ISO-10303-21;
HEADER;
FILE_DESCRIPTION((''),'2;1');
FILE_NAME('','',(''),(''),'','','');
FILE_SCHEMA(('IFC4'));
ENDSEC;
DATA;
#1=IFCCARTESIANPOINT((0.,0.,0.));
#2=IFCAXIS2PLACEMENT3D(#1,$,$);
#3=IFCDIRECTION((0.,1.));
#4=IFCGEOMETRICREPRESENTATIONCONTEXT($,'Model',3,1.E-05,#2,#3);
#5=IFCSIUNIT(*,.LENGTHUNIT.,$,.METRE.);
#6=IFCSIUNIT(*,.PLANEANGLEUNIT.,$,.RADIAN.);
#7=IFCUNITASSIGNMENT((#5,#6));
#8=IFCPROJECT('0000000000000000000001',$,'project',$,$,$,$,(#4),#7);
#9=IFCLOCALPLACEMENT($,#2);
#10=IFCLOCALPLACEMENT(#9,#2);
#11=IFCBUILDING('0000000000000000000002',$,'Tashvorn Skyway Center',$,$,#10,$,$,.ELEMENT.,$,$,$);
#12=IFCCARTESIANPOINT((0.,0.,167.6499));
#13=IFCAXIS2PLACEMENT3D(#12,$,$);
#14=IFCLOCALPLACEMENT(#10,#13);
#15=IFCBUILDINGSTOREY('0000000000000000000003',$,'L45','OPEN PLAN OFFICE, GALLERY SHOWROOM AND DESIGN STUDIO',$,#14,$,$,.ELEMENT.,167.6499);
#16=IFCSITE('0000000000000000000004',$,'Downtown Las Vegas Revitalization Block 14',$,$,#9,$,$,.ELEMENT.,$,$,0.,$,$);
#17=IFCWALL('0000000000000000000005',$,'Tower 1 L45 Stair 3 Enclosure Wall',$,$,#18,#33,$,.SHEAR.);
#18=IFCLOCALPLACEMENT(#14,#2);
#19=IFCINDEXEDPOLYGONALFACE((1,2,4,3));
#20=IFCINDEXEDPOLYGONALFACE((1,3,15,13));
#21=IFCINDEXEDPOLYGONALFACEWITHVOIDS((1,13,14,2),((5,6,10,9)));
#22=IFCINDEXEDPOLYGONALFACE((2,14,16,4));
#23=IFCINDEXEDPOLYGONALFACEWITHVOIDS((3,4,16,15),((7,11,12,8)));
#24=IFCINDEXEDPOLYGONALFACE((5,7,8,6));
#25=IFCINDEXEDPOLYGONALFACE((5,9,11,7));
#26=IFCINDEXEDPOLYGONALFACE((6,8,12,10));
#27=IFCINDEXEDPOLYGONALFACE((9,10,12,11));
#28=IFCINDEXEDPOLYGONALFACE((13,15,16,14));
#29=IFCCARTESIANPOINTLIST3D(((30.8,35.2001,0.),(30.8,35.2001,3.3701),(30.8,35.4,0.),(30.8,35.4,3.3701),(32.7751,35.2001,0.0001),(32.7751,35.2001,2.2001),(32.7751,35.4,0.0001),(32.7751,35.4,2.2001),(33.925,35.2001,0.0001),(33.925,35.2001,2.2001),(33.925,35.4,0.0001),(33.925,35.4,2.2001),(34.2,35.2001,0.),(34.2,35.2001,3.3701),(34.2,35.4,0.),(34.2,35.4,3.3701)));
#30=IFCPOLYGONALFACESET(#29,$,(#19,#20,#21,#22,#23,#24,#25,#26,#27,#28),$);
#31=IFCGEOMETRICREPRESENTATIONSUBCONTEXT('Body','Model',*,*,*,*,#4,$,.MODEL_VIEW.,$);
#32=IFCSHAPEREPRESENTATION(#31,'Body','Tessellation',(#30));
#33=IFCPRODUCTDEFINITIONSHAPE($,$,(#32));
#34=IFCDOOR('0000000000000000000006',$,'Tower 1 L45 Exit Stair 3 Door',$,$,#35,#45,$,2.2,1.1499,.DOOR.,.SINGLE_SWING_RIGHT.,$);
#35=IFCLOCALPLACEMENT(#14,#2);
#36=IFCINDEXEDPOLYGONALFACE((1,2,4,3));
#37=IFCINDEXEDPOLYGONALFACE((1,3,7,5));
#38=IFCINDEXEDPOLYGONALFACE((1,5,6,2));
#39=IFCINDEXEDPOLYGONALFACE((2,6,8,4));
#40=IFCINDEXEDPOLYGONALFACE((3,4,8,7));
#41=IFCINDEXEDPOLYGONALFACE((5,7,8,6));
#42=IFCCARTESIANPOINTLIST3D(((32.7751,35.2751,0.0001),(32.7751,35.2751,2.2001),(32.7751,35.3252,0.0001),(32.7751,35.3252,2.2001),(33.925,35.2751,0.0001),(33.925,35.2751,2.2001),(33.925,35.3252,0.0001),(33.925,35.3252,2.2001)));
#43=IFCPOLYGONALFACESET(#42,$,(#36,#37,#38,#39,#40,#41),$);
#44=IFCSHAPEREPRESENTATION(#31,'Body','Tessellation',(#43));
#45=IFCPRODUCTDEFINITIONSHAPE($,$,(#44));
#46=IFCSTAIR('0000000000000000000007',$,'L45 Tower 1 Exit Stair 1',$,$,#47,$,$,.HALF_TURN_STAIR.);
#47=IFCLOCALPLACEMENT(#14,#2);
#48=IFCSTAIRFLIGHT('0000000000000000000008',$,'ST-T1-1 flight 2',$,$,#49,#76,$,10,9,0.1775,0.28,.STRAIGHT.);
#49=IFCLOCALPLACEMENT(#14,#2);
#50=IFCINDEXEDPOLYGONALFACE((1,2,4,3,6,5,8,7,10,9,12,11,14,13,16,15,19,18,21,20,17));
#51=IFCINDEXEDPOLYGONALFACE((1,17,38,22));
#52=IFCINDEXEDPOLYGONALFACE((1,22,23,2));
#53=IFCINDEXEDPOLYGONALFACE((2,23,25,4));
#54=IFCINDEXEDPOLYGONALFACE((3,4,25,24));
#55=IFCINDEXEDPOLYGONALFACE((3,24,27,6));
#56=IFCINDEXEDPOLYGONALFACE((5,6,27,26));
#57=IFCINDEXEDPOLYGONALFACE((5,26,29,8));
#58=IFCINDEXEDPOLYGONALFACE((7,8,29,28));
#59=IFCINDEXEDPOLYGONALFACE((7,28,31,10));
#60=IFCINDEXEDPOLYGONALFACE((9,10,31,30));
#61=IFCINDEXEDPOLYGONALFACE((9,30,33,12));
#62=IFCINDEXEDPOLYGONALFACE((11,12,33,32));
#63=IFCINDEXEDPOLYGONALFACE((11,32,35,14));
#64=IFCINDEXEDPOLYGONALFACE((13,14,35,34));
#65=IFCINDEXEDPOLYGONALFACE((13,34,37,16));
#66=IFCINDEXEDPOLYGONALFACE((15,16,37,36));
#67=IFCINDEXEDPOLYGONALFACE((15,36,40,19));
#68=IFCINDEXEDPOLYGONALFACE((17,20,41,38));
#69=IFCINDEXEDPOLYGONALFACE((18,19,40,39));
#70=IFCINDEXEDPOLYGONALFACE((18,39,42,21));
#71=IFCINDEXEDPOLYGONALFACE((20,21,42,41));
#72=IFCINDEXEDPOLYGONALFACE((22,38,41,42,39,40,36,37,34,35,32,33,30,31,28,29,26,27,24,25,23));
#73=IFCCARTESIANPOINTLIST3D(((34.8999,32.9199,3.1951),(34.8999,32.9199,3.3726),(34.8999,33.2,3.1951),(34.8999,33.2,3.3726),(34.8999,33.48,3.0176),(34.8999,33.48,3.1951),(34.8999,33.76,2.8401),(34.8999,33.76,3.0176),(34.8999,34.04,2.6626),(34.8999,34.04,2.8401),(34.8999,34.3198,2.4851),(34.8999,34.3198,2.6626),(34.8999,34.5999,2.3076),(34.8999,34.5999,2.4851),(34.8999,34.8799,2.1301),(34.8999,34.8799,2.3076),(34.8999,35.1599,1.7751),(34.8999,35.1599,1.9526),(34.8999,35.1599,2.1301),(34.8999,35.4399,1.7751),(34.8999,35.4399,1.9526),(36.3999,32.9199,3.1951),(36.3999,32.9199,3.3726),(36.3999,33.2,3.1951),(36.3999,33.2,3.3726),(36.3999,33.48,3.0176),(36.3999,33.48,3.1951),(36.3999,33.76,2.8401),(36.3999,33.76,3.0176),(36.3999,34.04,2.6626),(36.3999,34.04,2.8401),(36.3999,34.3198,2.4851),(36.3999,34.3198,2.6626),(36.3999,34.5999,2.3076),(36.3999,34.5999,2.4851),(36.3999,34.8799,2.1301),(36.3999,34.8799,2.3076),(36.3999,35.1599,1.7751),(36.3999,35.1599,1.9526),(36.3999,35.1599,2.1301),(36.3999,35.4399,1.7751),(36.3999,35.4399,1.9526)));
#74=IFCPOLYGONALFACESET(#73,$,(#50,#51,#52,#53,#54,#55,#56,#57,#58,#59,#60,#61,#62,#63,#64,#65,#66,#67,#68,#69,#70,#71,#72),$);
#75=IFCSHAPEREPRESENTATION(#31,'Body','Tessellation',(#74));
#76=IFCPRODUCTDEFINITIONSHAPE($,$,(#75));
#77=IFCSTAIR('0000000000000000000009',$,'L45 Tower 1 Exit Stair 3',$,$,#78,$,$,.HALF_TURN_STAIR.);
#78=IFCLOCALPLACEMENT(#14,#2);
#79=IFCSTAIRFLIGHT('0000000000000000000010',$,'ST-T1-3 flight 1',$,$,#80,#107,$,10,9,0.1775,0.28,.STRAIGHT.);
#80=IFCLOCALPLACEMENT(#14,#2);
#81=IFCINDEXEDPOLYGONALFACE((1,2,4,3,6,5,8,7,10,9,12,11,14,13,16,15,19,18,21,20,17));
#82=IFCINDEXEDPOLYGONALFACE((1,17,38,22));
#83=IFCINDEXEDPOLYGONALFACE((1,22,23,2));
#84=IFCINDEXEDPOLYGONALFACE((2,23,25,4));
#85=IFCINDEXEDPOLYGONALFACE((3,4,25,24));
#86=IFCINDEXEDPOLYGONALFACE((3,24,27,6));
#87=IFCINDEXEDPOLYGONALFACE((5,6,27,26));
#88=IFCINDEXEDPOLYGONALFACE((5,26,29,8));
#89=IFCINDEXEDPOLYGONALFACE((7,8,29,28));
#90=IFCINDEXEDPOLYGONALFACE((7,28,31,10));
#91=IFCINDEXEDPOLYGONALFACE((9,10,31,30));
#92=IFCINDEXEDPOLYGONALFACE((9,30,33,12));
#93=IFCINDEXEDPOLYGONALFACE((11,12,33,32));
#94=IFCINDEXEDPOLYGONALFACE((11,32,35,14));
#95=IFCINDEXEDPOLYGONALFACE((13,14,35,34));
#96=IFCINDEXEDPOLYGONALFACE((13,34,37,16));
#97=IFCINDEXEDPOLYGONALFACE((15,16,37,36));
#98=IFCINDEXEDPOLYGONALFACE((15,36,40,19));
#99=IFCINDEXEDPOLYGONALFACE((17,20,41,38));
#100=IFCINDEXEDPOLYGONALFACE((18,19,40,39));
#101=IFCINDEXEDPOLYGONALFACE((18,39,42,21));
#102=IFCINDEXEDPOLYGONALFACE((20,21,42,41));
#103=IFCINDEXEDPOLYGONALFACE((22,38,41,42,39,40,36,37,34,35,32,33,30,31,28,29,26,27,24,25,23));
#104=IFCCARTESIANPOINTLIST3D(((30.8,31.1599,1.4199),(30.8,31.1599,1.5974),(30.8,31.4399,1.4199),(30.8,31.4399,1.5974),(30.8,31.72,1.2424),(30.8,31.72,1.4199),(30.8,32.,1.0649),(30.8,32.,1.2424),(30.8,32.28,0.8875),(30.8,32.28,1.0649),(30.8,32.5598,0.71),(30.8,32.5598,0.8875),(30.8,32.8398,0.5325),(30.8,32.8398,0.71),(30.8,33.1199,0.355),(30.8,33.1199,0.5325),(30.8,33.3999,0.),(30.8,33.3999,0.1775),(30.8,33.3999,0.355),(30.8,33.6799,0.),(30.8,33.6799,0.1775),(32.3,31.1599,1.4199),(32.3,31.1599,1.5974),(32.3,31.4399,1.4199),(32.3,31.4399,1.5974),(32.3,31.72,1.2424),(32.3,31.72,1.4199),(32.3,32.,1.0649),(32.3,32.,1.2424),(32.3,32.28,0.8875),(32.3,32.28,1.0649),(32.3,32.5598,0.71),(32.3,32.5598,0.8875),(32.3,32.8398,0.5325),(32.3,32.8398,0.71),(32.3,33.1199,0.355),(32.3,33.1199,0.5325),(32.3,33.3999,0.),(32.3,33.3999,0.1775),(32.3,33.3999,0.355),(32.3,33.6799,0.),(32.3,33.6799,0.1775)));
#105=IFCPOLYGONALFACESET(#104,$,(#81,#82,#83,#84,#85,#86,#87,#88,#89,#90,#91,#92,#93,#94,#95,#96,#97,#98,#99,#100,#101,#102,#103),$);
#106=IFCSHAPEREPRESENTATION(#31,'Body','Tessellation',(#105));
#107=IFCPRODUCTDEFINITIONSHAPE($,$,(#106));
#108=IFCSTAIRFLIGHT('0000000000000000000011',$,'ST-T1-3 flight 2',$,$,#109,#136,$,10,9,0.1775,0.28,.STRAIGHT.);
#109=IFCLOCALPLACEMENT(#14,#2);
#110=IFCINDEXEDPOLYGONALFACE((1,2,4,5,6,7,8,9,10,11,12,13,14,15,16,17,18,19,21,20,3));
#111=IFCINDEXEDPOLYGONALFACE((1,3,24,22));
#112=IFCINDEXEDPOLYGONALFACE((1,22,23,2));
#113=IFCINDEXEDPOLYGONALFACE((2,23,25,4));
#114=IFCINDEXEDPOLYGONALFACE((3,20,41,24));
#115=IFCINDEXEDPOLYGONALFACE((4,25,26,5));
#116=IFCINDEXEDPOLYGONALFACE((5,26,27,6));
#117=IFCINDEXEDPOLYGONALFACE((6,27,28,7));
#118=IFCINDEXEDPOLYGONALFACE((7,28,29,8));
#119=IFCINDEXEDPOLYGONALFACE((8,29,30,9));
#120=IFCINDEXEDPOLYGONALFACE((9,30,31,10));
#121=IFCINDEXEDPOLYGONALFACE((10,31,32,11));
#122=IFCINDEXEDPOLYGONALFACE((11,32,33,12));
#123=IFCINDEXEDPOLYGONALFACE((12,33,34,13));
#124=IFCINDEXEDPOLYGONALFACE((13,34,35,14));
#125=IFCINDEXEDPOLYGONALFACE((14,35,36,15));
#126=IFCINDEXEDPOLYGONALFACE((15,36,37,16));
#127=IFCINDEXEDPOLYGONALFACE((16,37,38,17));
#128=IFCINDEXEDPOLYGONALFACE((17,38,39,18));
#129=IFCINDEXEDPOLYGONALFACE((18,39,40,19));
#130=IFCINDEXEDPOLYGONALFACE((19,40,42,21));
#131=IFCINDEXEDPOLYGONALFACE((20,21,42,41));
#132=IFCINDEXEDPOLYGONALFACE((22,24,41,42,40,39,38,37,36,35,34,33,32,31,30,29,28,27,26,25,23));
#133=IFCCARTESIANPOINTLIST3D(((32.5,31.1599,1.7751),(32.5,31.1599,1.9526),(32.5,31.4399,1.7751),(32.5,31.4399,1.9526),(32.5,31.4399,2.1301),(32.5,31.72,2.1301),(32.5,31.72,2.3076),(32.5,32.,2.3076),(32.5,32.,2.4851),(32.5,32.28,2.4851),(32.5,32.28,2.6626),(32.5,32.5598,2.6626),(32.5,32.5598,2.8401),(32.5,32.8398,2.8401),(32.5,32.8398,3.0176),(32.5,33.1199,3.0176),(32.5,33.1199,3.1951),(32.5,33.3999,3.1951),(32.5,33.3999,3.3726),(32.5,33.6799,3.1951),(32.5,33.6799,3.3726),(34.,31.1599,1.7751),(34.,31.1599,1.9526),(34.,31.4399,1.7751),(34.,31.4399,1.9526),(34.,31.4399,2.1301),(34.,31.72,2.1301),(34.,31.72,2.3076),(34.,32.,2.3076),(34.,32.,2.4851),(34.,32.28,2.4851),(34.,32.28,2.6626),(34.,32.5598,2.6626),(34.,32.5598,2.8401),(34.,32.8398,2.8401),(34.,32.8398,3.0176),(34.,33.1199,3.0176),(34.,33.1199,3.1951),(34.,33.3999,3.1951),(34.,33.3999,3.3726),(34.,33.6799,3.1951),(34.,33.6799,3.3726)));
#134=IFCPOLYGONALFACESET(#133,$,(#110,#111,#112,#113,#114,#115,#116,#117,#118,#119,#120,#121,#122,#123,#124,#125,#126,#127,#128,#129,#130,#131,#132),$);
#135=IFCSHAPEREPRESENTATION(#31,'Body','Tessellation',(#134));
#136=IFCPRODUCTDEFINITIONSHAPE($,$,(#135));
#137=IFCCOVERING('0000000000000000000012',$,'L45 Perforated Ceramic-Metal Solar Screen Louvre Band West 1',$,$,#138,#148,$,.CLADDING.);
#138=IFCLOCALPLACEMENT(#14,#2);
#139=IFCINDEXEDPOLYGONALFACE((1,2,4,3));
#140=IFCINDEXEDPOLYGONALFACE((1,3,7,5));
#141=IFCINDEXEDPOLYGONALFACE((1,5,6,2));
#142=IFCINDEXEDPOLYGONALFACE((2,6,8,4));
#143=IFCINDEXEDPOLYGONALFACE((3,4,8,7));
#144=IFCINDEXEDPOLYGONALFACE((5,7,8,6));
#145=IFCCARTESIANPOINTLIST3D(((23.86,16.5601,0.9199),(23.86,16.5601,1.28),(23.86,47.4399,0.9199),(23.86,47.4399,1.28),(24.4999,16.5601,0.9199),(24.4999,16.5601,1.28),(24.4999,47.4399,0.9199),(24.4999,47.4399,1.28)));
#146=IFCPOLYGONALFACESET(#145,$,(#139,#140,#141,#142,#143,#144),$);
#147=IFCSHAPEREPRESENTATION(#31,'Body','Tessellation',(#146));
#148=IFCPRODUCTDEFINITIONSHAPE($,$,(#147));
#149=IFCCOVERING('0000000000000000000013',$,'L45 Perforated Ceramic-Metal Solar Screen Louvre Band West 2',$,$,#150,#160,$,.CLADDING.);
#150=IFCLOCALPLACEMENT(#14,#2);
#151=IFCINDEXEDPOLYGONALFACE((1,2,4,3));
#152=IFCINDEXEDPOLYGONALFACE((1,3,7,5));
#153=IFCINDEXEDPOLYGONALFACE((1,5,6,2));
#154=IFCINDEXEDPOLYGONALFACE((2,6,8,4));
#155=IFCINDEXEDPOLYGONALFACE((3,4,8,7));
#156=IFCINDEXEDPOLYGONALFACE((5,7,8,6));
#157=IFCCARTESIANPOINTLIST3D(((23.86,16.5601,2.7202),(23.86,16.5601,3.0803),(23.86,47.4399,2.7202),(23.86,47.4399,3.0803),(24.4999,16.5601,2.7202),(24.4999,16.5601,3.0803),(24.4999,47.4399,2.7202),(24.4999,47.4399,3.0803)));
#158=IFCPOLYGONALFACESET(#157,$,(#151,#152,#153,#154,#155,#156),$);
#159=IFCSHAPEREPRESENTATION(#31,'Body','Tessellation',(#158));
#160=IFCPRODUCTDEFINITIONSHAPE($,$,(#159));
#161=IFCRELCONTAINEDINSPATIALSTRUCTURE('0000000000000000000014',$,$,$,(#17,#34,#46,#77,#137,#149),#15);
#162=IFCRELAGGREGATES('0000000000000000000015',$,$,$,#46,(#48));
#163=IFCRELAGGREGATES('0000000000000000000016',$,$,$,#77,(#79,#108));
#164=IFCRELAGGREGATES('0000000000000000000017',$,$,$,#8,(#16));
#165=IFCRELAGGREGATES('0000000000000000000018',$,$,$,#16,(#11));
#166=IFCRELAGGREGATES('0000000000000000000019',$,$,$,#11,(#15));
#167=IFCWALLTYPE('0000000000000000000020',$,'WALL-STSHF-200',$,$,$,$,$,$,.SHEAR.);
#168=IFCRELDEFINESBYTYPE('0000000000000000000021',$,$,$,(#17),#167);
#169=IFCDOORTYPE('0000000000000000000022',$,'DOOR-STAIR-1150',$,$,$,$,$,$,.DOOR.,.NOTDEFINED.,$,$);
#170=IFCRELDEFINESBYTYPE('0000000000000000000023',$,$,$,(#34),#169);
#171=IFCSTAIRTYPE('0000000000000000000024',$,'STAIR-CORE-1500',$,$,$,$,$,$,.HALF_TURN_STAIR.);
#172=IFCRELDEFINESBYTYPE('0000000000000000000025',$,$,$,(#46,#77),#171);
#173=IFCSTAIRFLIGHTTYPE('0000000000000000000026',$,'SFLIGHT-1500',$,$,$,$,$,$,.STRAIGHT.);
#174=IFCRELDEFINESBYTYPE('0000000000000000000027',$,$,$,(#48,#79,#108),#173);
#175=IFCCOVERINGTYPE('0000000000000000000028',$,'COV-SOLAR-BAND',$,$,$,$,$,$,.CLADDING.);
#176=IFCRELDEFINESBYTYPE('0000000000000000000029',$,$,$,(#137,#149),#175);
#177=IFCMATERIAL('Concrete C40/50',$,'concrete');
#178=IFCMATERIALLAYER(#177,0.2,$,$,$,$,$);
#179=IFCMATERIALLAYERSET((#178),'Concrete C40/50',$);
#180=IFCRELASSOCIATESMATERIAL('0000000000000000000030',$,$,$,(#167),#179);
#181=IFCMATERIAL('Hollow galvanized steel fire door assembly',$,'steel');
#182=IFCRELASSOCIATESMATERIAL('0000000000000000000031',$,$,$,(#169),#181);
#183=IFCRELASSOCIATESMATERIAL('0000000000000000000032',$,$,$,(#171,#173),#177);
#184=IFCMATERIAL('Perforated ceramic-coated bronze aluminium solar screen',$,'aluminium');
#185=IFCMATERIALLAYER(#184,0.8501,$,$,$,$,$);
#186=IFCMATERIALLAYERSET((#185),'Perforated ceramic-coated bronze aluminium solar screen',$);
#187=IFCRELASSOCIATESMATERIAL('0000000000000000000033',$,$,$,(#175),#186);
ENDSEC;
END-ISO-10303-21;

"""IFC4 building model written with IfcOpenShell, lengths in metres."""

from ifc_helpers import new_model, si_unit, direction, frame, frame_2d, origin, origin_2d, place, context, subcontext, project, spatial, polyline, rectangle, outline, extrude, material, layer, layer_set, type_object, element, fill, aggregate, save


model = new_model("IFC4")

# Units and contexts
model_context = context("Model", 3, precision=1e-05, world=origin(), true_north=direction((0.0, 1.0)))
body_context = subcontext(model_context, "Body", "Model", "MODEL_VIEW")
ifc_project = project(units=[si_unit("LENGTHUNIT", "METRE"), si_unit("PLANEANGLEUNIT", "RADIAN")], contexts=[model_context])

# Site, building, storey
site_placement = place(None, origin())
site = spatial("IfcSite", under=ifc_project, at=site_placement, Name="Downtown Las Vegas Revitalization Block 14", CompositionType="ELEMENT", RefElevation=0.0)
building_placement = place(site_placement, origin())
building = spatial("IfcBuilding", under=site, at=building_placement, Name="Tashvorn Skyway Center", CompositionType="ELEMENT")
storey_placement = place(building_placement, frame((0.0, 0.0, 167.6499)))
storey = spatial("IfcBuildingStorey", under=building, at=storey_placement, Name="L45", Description="OPEN PLAN OFFICE, GALLERY SHOWROOM AND DESIGN STUDIO", CompositionType="ELEMENT", Elevation=167.6499)

# Shared definitions
ifc_material_1 = material(Name="Concrete C40/50", Category="concrete")
ifc_layer_1 = layer(ifc_material_1, 0.2)
ifc_layer_set_1 = layer_set([ifc_layer_1], Name="Concrete C40/50")
wall_type_1 = type_object("IfcWallType", Name="WALL-STSHF-200", PredefinedType="SHEAR", material=ifc_layer_set_1)

# Wall, opening, door
wall_1_placement = place(storey_placement, frame((34.2, 35.3, 0.0), z_axis=(0.0, 0.0, 1.0), x_axis=(-1.0, 0.0, 0.0)))
wall_1 = element("IfcWall", 1, at=wall_1_placement, inside=storey, type_object=wall_type_1, Name="Tower 1 L45 Stair 3 Enclosure Wall", PredefinedType="SHEAR", context=body_context, shape_type="SweptSolid", body=[
    extrude(rectangle(XDim=3.3999, YDim=0.2, at=frame_2d((1.7, 0.0))), origin(), (0.0, 0.0, 1.0), 3.3701),
])
opening_placement = place(wall_1_placement, frame((0.2749, 0.0, 0.0)))
opening = element("IfcOpeningElement", 2, at=opening_placement, cuts=wall_1, PredefinedType="OPENING", context=body_context, shape_type="SweptSolid", body=[
    extrude(rectangle(XDim=1.1499, YDim=2.2, at=frame_2d((0.575, 1.1001))), frame((0.0, 0.1099, 0.0), z_axis=(0.0, -1.0, 0.0), x_axis=(1.0, 0.0, 0.0)), (0.0, 0.0, 1.0), 0.22),
])
ifc_material_2 = material(Name="Hollow galvanized steel fire door assembly", Category="steel")
door_type = type_object("IfcDoorType", Name="DOOR-STAIR-1150", OperationType="NOTDEFINED", PredefinedType="DOOR", material=ifc_material_2)
door_placement = place(opening_placement, origin())
door = element("IfcDoor", 3, at=door_placement, inside=storey, type_object=door_type, Name="Tower 1 L45 Exit Stair 3 Door", OperationType="SINGLE_SWING_RIGHT", OverallHeight=2.2, OverallWidth=1.1499, PredefinedType="DOOR", context=body_context, shape_type="SweptSolid", body=[
    extrude(rectangle(XDim=1.1499, YDim=2.2, at=frame_2d((0.575, 1.1001))), frame((0.0, 0.0249, 0.0), z_axis=(0.0, -1.0, 0.0), x_axis=(1.0, 0.0, 0.0)), (0.0, 0.0, 1.0), 0.05),
])
fill(opening, door)

# Stair, stair flight
stair_type = type_object("IfcStairType", Name="STAIR-CORE-1500", PredefinedType="HALF_TURN_STAIR", material=ifc_material_1)
stair_1_placement = place(storey_placement, origin())
stair_1 = element("IfcStair", 4, at=stair_1_placement, inside=storey, type_object=stair_type, Name="L45 Tower 1 Exit Stair 1", PredefinedType="HALF_TURN_STAIR")
stair_flight_type = type_object("IfcStairFlightType", Name="SFLIGHT-1500", PredefinedType="STRAIGHT", material=ifc_material_1)
stair_flight_1_placement = place(storey_placement, frame((35.6499, 35.4399, 1.7751), z_axis=(0.0, 0.0, 1.0), x_axis=(0.0, -1.0, 0.0)))
stair_flight_1 = element("IfcStairFlight", 5, at=stair_flight_1_placement, type_object=stair_flight_type, Name="ST-T1-1 flight 2", NumberOfRisers=10, NumberOfTreads=9, PredefinedType="STRAIGHT", RiserHeight=0.1775, TreadLength=0.28, context=body_context, shape_type="SweptSolid", body=[
    extrude(outline(polyline([(0.0, 0.0), (0.0, 0.1775), (0.28, 0.1775), (0.28, 0.355), (0.5601, 0.355), (0.5601, 0.5325), (0.8401, 0.5325), (0.8401, 0.71), (1.1201, 0.71), (1.1201, 0.8875), (1.3999, 0.8875), (1.3999, 1.0649), (1.6799, 1.0649), (1.6799, 1.2424), (1.96, 1.2424), (1.96, 1.4199), (2.24, 1.4199), (2.24, 1.5974), (2.52, 1.5974), (2.52, 1.7749), (2.52, 1.4199), (0.28, 0.0), (0.0, 0.0)])), frame((0.0, 0.75, 0.0), z_axis=(0.0, -1.0, 0.0), x_axis=(1.0, 0.0, 0.0)), (0.0, 0.0, 1.0), 1.5),
])
aggregate(stair_1, [stair_flight_1])

# Stair, stair flights
stair_2_placement = place(storey_placement, origin())
stair_2 = element("IfcStair", 6, at=stair_2_placement, inside=storey, type_object=stair_type, Name="L45 Tower 1 Exit Stair 3", PredefinedType="HALF_TURN_STAIR")
stair_flight_2_placement = place(storey_placement, frame((31.55, 33.6799, 0.0), z_axis=(0.0, 0.0, 1.0), x_axis=(0.0, -1.0, 0.0)))
stair_flight_2 = element("IfcStairFlight", 7, at=stair_flight_2_placement, type_object=stair_flight_type, Name="ST-T1-3 flight 1", NumberOfRisers=10, NumberOfTreads=9, PredefinedType="STRAIGHT", RiserHeight=0.1775, TreadLength=0.28, context=body_context, shape_type="SweptSolid", body=[
    extrude(outline(polyline([(0.0, 0.0), (0.0, 0.1775), (0.28, 0.1775), (0.28, 0.355), (0.5601, 0.355), (0.5601, 0.5325), (0.8401, 0.5325), (0.8401, 0.71), (1.1201, 0.71), (1.1201, 0.8875), (1.3999, 0.8875), (1.3999, 1.0649), (1.6799, 1.0649), (1.6799, 1.2424), (1.96, 1.2424), (1.96, 1.4199), (2.24, 1.4199), (2.24, 1.5974), (2.52, 1.5974), (2.52, 1.7749), (2.52, 1.4199), (0.28, 0.0), (0.0, 0.0)])), frame((0.0, 0.75, 0.0), z_axis=(0.0, -1.0, 0.0), x_axis=(1.0, 0.0, 0.0)), (0.0, 0.0, 1.0), 1.5),
])
stair_flight_3_placement = place(storey_placement, frame((33.25, 31.1599, 1.7751), z_axis=(0.0, 0.0, 1.0), x_axis=(0.0, 1.0, 0.0)))
stair_flight_3 = element("IfcStairFlight", 8, at=stair_flight_3_placement, type_object=stair_flight_type, Name="ST-T1-3 flight 2", NumberOfRisers=10, NumberOfTreads=9, PredefinedType="STRAIGHT", RiserHeight=0.1775, TreadLength=0.28, context=body_context, shape_type="SweptSolid", body=[
    extrude(outline(polyline([(0.0, 0.0), (0.0, 0.1775), (0.28, 0.1775), (0.28, 0.355), (0.5601, 0.355), (0.5601, 0.5325), (0.8401, 0.5325), (0.8401, 0.71), (1.1201, 0.71), (1.1201, 0.8875), (1.3999, 0.8875), (1.3999, 1.0649), (1.6799, 1.0649), (1.6799, 1.2424), (1.96, 1.2424), (1.96, 1.4199), (2.24, 1.4199), (2.24, 1.5974), (2.52, 1.5974), (2.52, 1.7749), (2.52, 1.4199), (0.28, 0.0), (0.0, 0.0)])), frame((0.0, 0.75, 0.0), z_axis=(0.0, -1.0, 0.0), x_axis=(1.0, 0.0, 0.0)), (0.0, 0.0, 1.0), 1.5),
])
aggregate(stair_2, [stair_flight_2, stair_flight_3])

# Coverings
ifc_material_3 = material(Name="Perforated ceramic-coated bronze aluminium solar screen", Category="aluminium")
ifc_layer_2 = layer(ifc_material_3, 0.8501)
ifc_layer_set_2 = layer_set([ifc_layer_2], Name="Perforated ceramic-coated bronze aluminium solar screen")
covering_type = type_object("IfcCoveringType", Name="COV-SOLAR-BAND", PredefinedType="CLADDING", material=ifc_layer_set_2)
for number, where, z_axis, x_axis, name in (
    (9, (24.1799, 32.0, 0.9199), (0.0, 0.0, 1.0), (0.0, 1.0, 0.0), "L45 Perforated Ceramic-Metal Solar Screen Louvre Band West 1"),
    (10, (24.1799, 32.0, 2.7202), (0.0, 0.0, 1.0), (0.0, 1.0, 0.0), "L45 Perforated Ceramic-Metal Solar Screen Louvre Band West 2"),
):
    element("IfcCovering", number, at=place(storey_placement, frame(where, z_axis=z_axis, x_axis=x_axis)), inside=storey, type_object=covering_type, Name=name, PredefinedType="CLADDING", context=body_context, shape_type="SweptSolid", body=[
        extrude(rectangle(XDim=30.8799, YDim=0.6399, at=origin_2d()), origin(), (0.0, 0.0, 1.0), 0.3601),
    ])

save(model, "model.ifc")
